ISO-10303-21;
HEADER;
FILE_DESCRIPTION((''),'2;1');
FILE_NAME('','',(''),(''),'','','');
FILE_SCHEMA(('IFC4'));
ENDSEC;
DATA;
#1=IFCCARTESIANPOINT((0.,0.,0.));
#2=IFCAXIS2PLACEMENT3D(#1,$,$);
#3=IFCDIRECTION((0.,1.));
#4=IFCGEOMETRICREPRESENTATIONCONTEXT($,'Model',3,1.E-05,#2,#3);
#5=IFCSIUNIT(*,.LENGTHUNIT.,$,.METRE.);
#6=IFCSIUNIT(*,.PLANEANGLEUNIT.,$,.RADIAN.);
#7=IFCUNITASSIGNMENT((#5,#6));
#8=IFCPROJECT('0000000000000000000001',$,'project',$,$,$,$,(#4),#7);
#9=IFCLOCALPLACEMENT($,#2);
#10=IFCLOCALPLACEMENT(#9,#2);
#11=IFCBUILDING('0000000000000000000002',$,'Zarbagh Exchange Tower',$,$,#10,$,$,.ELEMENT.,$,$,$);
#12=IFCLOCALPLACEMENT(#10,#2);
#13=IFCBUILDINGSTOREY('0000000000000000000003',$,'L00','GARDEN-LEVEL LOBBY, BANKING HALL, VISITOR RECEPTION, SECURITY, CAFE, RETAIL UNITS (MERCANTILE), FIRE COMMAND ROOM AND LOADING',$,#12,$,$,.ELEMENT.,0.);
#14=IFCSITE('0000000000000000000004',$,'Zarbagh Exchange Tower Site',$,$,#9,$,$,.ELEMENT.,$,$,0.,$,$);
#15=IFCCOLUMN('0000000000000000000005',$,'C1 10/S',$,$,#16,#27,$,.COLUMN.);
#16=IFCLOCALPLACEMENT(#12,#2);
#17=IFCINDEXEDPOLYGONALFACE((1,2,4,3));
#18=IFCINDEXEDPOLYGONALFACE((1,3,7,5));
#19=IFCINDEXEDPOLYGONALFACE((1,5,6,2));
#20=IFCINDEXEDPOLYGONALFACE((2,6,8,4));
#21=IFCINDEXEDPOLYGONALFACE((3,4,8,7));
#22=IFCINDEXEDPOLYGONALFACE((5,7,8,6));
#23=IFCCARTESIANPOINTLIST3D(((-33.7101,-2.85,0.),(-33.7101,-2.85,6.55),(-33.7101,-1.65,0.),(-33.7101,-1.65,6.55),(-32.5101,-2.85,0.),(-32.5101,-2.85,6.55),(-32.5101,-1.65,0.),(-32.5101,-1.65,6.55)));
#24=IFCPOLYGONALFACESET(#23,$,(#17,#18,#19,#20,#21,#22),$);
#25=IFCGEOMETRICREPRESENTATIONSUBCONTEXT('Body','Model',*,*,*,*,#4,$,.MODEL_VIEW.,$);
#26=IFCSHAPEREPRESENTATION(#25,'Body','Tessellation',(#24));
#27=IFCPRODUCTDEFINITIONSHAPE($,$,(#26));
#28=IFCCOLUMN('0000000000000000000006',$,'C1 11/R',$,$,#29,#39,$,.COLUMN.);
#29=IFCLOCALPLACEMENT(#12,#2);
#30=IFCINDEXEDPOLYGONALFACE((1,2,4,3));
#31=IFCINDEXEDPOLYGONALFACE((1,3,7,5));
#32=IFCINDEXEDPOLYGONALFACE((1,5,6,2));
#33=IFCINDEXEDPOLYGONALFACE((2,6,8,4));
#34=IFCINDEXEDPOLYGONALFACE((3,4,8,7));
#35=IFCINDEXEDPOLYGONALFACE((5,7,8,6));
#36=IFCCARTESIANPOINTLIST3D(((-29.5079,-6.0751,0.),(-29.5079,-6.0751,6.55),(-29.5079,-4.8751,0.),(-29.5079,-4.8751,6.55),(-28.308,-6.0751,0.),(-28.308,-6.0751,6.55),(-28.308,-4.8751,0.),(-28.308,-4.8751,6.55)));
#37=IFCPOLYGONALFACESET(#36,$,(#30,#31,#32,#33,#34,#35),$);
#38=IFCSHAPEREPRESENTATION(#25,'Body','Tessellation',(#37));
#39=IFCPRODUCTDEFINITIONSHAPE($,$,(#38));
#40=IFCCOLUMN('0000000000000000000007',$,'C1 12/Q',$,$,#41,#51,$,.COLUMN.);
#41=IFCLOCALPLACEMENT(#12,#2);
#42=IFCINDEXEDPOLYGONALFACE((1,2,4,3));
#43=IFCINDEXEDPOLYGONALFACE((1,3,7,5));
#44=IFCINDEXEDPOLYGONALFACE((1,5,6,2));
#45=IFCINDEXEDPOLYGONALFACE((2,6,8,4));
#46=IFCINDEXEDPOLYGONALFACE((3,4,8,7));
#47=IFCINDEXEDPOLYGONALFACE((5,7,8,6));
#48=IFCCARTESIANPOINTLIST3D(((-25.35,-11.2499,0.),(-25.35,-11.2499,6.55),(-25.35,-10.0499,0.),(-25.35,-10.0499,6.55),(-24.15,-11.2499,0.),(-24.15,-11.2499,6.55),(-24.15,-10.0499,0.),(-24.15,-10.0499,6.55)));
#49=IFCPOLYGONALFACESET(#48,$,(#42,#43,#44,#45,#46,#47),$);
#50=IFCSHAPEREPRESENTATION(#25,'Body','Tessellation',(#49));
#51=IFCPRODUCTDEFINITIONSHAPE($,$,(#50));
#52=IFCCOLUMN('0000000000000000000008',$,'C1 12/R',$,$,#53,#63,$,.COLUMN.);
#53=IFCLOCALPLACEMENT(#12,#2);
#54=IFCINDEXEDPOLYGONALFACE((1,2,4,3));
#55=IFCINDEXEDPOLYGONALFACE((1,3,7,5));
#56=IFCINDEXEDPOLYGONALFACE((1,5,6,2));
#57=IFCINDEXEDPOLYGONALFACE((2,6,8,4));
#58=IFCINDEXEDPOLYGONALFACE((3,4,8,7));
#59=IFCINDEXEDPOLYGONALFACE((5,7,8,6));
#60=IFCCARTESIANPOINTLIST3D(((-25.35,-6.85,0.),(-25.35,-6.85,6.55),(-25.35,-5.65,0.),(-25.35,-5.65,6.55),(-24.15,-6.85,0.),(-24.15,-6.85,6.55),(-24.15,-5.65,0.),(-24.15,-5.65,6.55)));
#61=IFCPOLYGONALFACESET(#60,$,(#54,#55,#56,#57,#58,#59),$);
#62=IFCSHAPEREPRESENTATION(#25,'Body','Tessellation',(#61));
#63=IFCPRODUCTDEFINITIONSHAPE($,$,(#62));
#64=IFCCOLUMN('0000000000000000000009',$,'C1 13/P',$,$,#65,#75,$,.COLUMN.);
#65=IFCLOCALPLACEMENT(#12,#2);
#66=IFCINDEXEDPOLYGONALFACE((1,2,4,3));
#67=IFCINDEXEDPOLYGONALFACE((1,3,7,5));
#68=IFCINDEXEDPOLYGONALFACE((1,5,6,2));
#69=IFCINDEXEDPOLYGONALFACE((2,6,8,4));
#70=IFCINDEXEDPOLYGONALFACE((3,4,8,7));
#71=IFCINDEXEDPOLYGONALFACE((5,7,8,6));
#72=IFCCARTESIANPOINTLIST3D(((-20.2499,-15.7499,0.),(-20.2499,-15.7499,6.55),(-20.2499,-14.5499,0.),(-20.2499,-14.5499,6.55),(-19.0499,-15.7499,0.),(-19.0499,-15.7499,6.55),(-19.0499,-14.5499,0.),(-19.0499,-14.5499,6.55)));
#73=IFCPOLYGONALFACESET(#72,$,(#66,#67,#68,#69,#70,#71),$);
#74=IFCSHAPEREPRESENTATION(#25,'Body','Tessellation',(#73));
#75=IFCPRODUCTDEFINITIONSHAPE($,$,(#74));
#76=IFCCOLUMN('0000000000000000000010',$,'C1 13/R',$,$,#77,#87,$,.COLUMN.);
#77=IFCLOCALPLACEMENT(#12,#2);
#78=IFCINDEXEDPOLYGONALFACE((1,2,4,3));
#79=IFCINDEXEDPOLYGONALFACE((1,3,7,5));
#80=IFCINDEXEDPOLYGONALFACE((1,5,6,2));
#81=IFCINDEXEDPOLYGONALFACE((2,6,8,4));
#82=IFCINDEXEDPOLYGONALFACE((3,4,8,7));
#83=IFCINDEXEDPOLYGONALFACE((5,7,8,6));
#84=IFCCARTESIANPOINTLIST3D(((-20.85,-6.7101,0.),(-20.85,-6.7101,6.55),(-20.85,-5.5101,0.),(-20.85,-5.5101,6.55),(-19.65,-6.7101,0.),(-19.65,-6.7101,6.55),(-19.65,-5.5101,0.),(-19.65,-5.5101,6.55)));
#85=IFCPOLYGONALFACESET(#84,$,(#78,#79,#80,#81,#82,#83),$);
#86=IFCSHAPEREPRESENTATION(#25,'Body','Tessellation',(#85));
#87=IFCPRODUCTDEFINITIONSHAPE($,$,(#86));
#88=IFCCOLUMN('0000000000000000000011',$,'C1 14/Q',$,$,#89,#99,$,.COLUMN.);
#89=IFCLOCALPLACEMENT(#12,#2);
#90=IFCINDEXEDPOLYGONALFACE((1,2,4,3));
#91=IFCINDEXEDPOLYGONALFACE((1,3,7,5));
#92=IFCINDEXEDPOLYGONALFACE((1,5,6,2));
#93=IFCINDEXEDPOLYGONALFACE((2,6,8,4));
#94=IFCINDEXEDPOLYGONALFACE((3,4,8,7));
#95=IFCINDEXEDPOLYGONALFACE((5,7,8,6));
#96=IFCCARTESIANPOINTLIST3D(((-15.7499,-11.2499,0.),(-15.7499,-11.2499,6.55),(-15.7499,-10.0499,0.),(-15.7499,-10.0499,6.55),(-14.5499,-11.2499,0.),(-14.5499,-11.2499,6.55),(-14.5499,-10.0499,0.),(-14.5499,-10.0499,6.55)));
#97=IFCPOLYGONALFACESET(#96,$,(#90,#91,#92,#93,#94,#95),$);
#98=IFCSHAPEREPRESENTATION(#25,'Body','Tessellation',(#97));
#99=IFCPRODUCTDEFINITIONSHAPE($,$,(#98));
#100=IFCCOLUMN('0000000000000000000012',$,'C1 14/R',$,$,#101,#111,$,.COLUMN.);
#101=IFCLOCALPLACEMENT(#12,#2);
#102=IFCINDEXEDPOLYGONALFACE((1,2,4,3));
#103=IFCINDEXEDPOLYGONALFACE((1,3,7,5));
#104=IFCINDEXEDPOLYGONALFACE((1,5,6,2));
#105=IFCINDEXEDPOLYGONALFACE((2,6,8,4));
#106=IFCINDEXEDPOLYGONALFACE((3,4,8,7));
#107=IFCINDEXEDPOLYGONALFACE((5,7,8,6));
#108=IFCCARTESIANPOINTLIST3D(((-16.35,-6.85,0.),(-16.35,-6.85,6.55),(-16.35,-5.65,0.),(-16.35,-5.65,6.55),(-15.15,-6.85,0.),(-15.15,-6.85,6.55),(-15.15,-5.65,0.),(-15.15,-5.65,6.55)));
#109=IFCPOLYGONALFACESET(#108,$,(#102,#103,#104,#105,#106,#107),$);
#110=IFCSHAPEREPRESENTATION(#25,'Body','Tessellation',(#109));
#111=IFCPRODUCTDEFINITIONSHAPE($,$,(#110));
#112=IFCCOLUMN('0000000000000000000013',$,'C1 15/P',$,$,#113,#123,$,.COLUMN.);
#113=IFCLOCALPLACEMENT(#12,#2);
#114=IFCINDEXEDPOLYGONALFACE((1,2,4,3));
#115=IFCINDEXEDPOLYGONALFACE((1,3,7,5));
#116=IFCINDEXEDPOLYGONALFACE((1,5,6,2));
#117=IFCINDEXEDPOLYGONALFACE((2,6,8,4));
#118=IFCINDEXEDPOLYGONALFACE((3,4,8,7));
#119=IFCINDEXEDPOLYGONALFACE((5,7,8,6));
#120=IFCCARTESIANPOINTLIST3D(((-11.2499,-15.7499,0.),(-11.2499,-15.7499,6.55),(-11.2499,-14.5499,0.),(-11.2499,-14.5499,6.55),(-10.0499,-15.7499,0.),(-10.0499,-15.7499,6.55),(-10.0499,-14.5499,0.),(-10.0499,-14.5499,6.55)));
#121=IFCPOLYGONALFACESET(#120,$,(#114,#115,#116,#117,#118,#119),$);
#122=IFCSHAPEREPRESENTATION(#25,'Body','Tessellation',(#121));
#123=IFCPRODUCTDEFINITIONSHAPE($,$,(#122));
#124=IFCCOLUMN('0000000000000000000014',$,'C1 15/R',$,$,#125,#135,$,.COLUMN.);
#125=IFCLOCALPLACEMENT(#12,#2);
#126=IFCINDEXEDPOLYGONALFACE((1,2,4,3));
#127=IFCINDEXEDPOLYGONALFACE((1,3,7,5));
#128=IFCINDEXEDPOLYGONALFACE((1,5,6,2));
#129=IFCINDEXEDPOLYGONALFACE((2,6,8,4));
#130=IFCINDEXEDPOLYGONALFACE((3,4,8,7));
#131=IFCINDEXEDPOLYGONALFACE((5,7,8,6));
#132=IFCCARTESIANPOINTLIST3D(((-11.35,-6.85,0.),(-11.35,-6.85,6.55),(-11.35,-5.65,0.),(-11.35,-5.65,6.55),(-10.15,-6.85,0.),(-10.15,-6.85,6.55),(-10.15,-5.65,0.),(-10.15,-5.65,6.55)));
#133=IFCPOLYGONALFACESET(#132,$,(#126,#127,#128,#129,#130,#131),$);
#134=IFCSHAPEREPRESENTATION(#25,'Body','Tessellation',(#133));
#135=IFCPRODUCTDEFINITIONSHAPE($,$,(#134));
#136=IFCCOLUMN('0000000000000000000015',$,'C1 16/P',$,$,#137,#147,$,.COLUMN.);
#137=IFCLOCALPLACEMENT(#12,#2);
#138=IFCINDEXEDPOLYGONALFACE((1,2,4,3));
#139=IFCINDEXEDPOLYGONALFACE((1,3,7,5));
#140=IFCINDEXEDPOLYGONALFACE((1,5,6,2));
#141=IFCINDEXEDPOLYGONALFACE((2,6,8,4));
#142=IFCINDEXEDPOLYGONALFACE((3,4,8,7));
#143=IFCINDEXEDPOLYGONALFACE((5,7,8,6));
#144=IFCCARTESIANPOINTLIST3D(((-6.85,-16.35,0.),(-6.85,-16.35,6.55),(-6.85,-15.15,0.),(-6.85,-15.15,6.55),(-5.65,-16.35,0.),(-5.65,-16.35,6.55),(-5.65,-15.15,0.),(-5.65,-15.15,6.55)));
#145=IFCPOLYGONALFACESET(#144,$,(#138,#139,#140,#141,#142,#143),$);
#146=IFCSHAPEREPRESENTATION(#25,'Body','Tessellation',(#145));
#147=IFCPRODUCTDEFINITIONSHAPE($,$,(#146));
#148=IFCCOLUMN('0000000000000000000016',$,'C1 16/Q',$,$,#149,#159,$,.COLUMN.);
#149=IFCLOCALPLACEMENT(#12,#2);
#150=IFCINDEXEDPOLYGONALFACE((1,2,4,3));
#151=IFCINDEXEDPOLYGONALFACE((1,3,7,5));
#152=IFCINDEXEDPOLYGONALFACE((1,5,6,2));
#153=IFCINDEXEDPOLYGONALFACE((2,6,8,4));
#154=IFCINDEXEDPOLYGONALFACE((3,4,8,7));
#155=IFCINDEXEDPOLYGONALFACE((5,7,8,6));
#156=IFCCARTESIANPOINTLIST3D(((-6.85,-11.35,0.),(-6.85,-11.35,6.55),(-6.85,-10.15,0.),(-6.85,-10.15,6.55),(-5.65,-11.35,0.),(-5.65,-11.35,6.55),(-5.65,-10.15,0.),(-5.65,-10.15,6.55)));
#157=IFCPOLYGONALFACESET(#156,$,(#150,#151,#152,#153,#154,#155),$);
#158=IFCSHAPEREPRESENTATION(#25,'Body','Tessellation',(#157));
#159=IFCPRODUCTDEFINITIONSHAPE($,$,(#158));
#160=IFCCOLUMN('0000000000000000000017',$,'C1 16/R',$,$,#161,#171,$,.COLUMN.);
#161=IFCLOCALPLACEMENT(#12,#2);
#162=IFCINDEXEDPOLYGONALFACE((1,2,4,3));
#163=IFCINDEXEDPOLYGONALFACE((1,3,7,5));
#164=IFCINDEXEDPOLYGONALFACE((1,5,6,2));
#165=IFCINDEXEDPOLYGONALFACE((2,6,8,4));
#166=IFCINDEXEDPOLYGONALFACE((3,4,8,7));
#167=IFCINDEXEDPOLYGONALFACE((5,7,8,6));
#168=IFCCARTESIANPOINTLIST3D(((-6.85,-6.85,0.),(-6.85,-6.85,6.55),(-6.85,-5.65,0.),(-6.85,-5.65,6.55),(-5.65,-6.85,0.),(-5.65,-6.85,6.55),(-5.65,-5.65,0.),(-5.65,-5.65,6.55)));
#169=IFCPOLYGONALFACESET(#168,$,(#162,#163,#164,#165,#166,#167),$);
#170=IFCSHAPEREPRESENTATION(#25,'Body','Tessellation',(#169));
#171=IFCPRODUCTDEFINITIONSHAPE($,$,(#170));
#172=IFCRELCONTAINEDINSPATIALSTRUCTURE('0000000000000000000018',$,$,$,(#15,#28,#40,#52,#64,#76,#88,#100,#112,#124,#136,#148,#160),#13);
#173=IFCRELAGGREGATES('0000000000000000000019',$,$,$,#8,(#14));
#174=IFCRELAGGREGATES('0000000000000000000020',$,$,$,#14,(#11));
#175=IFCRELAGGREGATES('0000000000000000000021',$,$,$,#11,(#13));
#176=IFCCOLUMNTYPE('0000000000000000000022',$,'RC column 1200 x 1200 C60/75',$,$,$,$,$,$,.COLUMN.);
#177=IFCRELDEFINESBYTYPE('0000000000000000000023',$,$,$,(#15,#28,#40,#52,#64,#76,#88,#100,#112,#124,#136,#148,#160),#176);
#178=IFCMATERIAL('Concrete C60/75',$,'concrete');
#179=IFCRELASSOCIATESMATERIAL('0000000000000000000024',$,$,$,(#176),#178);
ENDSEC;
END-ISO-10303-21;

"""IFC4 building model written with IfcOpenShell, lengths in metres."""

from ifc_helpers import new_model, si_unit, direction, frame, origin, origin_2d, place, context, subcontext, project, spatial, rectangle, extrude, material, material_profile, profile_set, type_object, element, save


model = new_model("IFC4")

# Units and contexts
model_context = context("Model", 3, precision=1e-05, world=origin(), true_north=direction((0.0, 1.0)))
body_context = subcontext(model_context, "Body", "Model", "MODEL_VIEW")
ifc_project = project(units=[si_unit("LENGTHUNIT", "METRE"), si_unit("PLANEANGLEUNIT", "RADIAN")], contexts=[model_context])

# Site, building, storey
site_placement = place(None, origin())
site = spatial("IfcSite", under=ifc_project, at=site_placement, Name="Zarbagh Exchange Tower Site", CompositionType="ELEMENT", RefElevation=0.0)
building_placement = place(site_placement, origin())
building = spatial("IfcBuilding", under=site, at=building_placement, Name="Zarbagh Exchange Tower", CompositionType="ELEMENT")
storey_placement = place(building_placement, origin())
storey = spatial("IfcBuildingStorey", under=building, at=storey_placement, Name="L00", Description="GARDEN-LEVEL LOBBY, BANKING HALL, VISITOR RECEPTION, SECURITY, CAFE, RETAIL UNITS (MERCANTILE), FIRE COMMAND ROOM AND LOADING", CompositionType="ELEMENT", Elevation=0.0)

# Columns
ifc_material_1 = material(Name="Concrete C60/75", Category="concrete")
ifc_material_profile = material_profile(ifc_material_1, rectangle(XDim=1.2, YDim=1.2, at=origin_2d()), Name="RC column 1200 x 1200 C60/75")
ifc_profile_set = profile_set([ifc_material_profile], Name="Concrete C60/75")
column_type = type_object("IfcColumnType", Name="RC column 1200 x 1200 C60/75", PredefinedType="COLUMN", material=ifc_profile_set)
for number, where, z_axis, x_axis, name in (
    (1, (-33.1101, -2.25, 0.0), (0.0, 0.0, 1.0), (1.0, 0.0, 0.0), "C1 10/S"),
    (2, (-28.908, -5.4751, 0.0), (0.0, 0.0, 1.0), (1.0, 0.0, 0.0), "C1 11/R"),
    (3, (-24.75, -10.6499, 0.0), (0.0, 0.0, 1.0), (1.0, 0.0, 0.0), "C1 12/Q"),
    (4, (-24.75, -6.25, 0.0), (0.0, 0.0, 1.0), (1.0, 0.0, 0.0), "C1 12/R"),
    (5, (-19.6499, -15.1499, 0.0), (0.0, 0.0, 1.0), (1.0, 0.0, 0.0), "C1 13/P"),
    (6, (-20.25, -6.1101, 0.0), (0.0, 0.0, 1.0), (1.0, 0.0, 0.0), "C1 13/R"),
    (7, (-15.1499, -10.6499, 0.0), (0.0, 0.0, 1.0), (1.0, 0.0, 0.0), "C1 14/Q"),
    (8, (-15.75, -6.25, 0.0), (0.0, 0.0, 1.0), (1.0, 0.0, 0.0), "C1 14/R"),
    (9, (-10.6499, -15.1499, 0.0), (0.0, 0.0, 1.0), (1.0, 0.0, 0.0), "C1 15/P"),
    (10, (-10.75, -6.25, 0.0), (0.0, 0.0, 1.0), (1.0, 0.0, 0.0), "C1 15/R"),
    (11, (-6.25, -15.75, 0.0), (0.0, 0.0, 1.0), (1.0, 0.0, 0.0), "C1 16/P"),
    (12, (-6.25, -10.75, 0.0), (0.0, 0.0, 1.0), (1.0, 0.0, 0.0), "C1 16/Q"),
    (13, (-6.25, -6.25, 0.0), (0.0, 0.0, 1.0), (1.0, 0.0, 0.0), "C1 16/R"),
):
    element("IfcColumn", number, at=place(storey_placement, frame(where, z_axis=z_axis, x_axis=x_axis)), inside=storey, type_object=column_type, Name=name, PredefinedType="COLUMN", context=body_context, shape_type="SweptSolid", body=[
        extrude(rectangle(XDim=1.2, YDim=1.2, at=origin_2d()), origin(), (0.0, 0.0, 1.0), 6.55),
    ])

save(model, "model.ifc")
